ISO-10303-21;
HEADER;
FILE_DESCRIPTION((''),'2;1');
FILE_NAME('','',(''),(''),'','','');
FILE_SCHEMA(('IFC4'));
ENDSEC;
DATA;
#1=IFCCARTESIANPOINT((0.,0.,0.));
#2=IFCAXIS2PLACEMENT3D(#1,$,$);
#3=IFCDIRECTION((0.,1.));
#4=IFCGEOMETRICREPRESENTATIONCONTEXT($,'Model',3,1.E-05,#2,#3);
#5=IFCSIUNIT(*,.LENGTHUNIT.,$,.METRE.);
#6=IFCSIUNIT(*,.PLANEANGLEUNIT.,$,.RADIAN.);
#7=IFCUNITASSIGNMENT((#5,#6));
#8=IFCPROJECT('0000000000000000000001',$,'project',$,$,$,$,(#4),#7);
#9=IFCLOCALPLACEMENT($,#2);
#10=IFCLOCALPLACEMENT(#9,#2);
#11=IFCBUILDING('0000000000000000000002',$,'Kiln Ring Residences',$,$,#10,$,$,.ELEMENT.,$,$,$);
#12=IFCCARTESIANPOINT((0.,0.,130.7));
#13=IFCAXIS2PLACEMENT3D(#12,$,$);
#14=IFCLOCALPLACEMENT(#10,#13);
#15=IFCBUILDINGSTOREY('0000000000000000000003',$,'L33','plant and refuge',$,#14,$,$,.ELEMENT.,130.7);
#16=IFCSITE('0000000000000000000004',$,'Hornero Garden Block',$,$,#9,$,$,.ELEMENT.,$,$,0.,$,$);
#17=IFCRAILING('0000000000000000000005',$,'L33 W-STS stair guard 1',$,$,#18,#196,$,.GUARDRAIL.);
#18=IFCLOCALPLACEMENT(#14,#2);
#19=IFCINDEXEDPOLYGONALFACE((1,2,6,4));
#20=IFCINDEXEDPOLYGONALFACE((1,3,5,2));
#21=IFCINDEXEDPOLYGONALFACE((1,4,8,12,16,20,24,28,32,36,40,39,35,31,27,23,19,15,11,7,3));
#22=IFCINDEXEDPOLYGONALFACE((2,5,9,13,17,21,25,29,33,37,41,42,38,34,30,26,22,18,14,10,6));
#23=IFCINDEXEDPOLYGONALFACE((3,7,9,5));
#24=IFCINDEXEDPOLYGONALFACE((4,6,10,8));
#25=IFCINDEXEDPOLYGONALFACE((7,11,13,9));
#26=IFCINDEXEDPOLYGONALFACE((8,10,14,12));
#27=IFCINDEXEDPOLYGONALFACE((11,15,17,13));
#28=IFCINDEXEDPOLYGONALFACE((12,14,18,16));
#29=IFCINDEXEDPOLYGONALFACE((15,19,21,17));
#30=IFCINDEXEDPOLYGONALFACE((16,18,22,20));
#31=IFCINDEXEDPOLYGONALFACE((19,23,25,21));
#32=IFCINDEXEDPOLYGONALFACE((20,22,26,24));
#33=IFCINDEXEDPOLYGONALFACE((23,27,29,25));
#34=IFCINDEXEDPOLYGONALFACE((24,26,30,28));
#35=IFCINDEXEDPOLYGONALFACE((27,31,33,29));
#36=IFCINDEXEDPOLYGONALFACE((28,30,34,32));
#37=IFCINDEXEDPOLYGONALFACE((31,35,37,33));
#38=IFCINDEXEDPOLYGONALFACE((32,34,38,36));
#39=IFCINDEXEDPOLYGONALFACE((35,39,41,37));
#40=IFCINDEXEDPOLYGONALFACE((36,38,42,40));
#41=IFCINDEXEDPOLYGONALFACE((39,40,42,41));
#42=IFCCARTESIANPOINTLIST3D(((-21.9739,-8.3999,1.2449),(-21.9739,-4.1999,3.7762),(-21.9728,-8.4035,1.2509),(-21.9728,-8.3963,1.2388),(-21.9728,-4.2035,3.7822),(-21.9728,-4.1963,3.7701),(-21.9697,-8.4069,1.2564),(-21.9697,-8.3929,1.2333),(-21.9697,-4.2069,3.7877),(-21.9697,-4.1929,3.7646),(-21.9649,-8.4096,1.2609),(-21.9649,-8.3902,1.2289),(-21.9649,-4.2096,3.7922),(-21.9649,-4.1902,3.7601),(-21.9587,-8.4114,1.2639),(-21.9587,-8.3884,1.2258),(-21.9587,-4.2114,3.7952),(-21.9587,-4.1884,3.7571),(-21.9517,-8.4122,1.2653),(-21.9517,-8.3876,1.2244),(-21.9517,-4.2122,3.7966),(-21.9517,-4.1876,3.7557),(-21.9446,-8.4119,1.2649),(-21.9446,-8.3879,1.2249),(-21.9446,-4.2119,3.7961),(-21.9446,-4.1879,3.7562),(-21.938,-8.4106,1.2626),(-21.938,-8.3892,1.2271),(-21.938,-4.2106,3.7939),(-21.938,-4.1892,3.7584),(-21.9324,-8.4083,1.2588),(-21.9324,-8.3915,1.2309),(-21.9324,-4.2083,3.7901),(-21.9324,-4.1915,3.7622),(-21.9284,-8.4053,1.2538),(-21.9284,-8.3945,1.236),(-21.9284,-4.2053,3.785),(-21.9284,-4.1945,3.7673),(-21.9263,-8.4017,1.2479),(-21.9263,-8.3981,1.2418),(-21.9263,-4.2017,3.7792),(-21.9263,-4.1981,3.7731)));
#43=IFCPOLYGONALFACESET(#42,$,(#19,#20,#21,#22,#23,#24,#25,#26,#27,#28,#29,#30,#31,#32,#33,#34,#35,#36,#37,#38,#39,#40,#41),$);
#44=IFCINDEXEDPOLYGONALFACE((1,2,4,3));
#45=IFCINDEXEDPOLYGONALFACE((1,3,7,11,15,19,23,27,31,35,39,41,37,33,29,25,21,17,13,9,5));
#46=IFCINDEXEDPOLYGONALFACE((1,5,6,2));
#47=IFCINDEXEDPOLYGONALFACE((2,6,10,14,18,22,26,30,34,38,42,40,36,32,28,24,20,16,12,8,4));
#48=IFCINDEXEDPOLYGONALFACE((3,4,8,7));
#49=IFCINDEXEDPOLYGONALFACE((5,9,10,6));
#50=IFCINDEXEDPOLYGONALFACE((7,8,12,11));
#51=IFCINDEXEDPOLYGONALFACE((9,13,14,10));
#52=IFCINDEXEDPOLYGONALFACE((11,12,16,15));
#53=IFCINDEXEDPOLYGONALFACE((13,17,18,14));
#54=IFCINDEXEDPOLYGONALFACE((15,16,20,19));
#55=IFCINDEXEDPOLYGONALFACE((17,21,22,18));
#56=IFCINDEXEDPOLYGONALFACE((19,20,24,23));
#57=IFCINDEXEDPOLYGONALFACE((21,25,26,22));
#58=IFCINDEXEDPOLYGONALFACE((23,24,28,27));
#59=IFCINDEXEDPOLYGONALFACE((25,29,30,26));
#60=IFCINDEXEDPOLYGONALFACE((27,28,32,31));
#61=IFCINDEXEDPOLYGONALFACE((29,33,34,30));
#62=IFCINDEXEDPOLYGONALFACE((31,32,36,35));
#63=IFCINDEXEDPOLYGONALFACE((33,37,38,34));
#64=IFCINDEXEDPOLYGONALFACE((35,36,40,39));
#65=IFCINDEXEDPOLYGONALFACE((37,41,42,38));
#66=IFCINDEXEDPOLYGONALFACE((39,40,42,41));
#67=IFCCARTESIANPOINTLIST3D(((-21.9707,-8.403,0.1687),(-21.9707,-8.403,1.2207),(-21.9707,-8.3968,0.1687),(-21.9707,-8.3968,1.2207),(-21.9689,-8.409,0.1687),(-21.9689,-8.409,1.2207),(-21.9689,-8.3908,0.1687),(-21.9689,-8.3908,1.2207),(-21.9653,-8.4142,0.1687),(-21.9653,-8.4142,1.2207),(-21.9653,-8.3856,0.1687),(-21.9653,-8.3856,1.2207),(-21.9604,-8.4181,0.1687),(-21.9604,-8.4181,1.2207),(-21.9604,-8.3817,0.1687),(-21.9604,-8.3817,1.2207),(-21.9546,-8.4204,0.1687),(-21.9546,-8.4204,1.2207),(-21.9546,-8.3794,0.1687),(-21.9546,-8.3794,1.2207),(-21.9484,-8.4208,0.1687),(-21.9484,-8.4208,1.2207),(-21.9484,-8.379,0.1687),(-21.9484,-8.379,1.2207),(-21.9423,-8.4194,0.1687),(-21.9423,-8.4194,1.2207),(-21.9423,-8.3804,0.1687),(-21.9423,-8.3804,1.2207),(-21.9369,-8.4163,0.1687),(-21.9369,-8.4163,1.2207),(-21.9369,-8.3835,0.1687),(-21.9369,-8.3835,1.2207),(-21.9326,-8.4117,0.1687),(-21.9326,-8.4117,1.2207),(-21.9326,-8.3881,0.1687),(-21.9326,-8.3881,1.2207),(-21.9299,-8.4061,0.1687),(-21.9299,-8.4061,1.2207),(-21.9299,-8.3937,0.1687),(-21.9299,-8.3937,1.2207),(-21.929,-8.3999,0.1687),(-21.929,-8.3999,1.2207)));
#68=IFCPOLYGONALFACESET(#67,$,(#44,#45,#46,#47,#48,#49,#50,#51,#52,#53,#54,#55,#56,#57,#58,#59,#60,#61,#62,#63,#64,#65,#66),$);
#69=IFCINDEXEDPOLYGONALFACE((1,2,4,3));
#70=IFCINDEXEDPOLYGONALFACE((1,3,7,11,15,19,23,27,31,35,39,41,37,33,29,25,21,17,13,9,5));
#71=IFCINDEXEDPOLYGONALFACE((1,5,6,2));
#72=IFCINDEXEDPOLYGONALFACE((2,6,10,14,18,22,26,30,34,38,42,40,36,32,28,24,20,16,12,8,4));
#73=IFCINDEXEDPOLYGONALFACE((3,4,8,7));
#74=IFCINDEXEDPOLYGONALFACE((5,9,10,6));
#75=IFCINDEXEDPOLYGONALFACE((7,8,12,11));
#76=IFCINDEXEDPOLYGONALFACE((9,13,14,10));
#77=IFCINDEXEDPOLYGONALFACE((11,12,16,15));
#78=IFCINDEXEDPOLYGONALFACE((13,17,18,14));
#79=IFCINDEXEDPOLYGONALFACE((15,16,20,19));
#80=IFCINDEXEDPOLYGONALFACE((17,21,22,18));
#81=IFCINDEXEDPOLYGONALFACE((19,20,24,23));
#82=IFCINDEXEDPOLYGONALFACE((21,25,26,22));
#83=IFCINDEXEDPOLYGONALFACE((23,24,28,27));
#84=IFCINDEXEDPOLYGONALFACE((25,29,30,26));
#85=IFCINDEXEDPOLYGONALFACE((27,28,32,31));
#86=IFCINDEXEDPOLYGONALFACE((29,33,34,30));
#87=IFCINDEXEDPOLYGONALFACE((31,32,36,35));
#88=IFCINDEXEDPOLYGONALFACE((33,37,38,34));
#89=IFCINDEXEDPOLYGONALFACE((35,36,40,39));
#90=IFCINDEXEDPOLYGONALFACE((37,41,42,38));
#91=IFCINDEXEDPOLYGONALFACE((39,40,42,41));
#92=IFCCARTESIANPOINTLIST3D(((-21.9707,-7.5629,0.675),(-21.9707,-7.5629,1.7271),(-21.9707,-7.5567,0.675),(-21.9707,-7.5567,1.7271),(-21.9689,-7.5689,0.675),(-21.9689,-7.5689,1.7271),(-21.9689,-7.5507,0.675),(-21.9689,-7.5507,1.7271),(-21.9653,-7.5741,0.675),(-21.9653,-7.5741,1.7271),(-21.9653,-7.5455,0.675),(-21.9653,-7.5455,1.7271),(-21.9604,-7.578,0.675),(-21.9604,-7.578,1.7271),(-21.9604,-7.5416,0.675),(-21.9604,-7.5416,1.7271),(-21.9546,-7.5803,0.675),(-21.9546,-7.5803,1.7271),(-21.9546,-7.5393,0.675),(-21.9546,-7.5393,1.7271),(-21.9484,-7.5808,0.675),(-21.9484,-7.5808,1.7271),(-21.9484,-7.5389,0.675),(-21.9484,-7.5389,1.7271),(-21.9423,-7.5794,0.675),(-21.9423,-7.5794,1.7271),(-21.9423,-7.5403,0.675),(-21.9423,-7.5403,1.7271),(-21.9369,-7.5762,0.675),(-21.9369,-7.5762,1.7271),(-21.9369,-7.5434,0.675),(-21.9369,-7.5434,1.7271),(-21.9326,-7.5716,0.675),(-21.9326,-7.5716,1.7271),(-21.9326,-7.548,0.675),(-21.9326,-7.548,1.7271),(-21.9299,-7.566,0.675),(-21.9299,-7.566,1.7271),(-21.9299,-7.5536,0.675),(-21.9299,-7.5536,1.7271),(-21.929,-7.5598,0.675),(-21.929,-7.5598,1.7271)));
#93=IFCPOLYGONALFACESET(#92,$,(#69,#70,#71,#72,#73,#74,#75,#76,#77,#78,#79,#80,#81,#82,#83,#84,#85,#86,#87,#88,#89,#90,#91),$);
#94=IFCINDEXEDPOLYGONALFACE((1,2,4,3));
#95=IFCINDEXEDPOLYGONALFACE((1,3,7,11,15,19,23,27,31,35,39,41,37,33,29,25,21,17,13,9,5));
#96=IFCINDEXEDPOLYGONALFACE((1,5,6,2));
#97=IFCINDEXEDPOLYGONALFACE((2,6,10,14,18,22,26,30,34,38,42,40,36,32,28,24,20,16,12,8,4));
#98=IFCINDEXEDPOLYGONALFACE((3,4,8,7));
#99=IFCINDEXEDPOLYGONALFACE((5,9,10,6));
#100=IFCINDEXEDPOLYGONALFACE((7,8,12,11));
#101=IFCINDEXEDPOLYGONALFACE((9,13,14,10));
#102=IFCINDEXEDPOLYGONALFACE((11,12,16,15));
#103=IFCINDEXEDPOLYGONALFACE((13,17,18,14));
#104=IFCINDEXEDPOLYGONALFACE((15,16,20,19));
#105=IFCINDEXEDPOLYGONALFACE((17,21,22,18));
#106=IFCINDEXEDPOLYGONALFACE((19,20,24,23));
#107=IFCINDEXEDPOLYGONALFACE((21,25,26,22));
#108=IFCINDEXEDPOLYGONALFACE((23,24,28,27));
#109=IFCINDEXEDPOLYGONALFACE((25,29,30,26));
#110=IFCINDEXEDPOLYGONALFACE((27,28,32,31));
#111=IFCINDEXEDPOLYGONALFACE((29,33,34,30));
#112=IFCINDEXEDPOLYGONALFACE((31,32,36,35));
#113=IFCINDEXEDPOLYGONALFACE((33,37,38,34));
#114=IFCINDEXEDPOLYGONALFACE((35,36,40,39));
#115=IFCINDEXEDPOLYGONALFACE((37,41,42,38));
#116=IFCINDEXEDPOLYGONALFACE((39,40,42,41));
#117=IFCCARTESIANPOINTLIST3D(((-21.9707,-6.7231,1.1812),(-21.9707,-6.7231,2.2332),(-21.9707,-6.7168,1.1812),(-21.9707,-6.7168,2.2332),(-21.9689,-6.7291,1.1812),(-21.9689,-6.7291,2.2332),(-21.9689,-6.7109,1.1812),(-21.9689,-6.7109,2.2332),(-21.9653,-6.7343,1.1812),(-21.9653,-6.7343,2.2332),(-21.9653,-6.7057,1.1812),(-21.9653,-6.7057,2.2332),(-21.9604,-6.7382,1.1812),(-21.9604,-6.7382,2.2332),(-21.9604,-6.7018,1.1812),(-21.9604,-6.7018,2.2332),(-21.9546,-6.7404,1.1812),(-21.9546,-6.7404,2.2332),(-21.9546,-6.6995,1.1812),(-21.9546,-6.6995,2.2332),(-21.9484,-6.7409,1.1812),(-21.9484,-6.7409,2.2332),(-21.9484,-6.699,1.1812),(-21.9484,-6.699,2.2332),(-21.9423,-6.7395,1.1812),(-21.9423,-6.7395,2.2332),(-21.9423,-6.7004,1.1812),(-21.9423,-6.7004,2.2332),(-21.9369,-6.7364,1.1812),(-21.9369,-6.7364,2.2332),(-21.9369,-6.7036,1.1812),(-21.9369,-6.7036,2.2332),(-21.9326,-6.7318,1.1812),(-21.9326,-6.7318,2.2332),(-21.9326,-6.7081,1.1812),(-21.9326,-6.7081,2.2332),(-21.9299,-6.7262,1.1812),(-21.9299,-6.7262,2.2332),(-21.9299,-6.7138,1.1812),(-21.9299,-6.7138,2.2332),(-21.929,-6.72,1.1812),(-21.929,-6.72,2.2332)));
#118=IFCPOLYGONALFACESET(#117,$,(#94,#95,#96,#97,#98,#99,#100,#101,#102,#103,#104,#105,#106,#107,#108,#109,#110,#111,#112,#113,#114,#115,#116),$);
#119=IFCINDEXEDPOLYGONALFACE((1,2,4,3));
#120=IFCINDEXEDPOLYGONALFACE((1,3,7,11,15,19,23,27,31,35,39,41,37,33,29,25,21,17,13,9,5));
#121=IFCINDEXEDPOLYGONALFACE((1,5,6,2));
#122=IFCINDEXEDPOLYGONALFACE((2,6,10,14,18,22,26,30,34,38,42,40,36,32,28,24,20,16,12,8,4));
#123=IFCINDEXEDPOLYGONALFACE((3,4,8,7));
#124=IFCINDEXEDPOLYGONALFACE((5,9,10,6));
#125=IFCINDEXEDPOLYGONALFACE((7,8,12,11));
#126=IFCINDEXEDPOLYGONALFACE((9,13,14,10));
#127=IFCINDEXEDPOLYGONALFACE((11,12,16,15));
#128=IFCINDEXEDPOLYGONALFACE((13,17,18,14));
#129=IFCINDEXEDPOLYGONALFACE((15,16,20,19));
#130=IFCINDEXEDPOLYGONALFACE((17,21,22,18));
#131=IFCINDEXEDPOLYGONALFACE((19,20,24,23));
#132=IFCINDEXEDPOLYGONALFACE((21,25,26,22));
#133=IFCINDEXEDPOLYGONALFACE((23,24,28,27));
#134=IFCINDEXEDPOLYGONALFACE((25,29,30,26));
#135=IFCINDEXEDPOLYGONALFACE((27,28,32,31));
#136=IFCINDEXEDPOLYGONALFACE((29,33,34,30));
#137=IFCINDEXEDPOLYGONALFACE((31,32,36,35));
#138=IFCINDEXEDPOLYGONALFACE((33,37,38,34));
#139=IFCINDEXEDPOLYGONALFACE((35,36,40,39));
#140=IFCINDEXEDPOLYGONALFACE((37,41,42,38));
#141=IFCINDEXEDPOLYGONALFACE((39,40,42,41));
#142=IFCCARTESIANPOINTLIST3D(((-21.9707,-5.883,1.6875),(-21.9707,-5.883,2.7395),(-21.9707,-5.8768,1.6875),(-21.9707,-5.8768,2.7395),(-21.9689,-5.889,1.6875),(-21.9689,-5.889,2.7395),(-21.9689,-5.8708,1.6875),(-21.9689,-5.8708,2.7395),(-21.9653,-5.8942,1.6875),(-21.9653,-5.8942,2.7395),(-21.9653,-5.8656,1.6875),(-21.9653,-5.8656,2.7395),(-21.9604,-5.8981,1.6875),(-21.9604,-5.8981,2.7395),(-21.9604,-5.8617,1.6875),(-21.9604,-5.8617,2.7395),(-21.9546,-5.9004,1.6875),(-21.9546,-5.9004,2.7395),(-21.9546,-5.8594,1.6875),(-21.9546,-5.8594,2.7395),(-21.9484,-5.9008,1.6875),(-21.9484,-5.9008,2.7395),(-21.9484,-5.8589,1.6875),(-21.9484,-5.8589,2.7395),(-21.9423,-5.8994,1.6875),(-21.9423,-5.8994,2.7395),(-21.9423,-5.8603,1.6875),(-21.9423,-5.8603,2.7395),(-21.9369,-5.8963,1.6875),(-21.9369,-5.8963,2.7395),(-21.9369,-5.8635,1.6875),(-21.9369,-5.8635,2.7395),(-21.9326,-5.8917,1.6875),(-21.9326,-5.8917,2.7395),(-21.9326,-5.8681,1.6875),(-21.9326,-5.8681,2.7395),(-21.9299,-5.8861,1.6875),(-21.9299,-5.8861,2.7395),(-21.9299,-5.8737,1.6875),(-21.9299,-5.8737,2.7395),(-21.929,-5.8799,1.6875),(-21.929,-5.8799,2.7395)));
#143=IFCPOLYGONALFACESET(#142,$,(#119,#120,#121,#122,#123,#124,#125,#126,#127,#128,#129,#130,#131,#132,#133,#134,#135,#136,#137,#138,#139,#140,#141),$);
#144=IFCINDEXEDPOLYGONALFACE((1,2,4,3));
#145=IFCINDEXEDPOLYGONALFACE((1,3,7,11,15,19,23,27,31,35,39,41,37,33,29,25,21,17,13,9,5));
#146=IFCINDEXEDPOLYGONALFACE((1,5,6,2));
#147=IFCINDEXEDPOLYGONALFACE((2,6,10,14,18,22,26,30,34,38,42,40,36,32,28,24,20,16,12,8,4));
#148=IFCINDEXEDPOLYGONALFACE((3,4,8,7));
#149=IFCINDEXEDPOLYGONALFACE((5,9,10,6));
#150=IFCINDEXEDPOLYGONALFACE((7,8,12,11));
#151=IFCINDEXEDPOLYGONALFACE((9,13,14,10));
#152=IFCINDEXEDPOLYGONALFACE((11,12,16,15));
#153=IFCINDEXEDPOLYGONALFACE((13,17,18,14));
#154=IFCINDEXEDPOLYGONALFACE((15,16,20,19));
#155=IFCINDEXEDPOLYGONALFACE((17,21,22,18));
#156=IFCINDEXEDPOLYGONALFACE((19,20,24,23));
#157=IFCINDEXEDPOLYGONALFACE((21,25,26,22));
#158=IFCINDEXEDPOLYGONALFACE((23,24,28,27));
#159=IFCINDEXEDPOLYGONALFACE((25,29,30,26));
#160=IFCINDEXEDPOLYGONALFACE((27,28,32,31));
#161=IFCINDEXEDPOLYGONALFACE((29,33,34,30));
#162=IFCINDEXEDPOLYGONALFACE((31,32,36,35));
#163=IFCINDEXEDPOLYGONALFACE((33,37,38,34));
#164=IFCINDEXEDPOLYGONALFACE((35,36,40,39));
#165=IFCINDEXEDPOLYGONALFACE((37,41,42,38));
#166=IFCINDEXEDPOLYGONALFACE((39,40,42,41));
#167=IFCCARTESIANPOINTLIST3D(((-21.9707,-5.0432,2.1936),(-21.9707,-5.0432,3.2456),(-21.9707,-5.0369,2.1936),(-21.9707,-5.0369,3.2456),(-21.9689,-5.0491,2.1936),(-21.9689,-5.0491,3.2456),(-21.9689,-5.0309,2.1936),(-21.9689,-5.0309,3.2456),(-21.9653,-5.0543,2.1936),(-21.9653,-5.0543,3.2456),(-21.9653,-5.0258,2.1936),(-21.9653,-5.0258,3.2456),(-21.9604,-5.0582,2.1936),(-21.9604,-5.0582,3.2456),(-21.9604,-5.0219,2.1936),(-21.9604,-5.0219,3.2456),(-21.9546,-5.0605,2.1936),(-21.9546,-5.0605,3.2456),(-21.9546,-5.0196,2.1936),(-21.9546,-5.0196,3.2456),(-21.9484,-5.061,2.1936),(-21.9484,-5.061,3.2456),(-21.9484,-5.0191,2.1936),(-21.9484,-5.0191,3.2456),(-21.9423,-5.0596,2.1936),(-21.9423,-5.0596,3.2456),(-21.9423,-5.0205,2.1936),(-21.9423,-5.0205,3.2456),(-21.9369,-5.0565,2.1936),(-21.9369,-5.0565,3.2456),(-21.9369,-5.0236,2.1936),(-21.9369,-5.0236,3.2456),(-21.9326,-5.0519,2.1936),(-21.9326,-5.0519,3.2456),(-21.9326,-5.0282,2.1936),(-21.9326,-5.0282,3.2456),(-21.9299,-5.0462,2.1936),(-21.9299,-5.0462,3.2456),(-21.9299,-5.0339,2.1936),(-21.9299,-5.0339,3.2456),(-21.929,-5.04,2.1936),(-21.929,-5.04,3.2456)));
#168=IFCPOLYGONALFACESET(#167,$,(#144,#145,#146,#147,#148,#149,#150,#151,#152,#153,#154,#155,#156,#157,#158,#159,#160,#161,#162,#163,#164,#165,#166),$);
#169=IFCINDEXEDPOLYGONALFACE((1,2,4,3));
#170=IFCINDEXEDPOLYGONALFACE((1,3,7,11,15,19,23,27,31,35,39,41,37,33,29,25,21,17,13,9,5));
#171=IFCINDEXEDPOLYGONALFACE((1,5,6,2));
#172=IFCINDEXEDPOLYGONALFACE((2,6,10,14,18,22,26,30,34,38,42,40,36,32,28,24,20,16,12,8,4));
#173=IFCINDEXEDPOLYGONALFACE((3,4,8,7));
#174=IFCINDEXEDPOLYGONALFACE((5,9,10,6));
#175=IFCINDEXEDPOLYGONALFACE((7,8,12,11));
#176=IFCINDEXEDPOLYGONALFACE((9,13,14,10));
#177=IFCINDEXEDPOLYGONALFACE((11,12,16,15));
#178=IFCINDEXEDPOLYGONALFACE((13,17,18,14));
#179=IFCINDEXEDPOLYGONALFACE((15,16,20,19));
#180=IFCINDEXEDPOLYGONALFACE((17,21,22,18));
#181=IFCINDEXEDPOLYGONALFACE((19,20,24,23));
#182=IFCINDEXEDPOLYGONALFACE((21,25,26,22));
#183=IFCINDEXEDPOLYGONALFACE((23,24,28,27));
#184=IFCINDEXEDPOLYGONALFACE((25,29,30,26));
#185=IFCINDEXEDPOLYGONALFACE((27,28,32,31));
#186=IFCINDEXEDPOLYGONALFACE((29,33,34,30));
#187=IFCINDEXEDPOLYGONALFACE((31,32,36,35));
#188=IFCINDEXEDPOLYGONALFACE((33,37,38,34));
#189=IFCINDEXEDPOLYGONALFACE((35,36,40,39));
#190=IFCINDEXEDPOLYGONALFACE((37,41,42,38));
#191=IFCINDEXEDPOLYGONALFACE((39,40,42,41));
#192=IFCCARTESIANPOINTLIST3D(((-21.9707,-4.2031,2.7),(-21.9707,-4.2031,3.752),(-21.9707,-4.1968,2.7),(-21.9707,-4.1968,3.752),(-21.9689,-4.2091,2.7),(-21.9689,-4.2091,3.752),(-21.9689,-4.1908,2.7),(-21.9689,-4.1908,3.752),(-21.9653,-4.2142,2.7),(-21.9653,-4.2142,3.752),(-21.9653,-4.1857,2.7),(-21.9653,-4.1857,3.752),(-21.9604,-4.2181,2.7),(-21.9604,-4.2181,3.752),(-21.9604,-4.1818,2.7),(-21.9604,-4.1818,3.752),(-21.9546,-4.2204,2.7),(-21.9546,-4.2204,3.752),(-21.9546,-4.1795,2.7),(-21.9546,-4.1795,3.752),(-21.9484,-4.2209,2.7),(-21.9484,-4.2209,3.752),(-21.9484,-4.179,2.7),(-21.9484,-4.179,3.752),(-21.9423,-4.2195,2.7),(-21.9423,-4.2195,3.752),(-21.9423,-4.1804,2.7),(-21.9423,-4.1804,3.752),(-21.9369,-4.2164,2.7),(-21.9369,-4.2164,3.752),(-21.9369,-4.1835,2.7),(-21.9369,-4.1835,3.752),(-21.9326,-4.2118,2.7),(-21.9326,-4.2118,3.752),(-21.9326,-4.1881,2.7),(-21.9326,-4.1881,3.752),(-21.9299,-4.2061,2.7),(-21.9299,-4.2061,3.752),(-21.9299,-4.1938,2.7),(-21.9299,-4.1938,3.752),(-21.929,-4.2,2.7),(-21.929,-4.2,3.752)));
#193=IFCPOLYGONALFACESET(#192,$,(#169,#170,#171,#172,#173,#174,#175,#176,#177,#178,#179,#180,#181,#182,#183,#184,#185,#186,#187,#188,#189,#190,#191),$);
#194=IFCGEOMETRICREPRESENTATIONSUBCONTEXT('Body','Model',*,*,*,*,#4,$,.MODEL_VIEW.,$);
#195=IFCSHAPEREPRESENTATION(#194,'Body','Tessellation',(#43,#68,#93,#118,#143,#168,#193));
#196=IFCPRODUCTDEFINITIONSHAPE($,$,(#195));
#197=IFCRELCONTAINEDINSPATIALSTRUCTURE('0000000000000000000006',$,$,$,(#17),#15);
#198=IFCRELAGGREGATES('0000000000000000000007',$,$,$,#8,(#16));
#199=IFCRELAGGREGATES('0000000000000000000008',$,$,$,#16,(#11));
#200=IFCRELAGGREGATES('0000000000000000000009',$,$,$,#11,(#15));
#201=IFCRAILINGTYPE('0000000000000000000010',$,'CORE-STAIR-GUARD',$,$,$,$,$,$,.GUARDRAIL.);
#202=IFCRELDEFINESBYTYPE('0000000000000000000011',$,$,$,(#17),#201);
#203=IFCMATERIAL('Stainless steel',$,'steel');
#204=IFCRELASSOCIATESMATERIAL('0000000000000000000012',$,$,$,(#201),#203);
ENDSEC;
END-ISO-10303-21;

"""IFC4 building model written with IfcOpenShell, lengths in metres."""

from ifc_helpers import new_model, si_unit, direction, frame, origin, origin_2d, place, context, subcontext, project, spatial, circle, extrude, material, type_object, element, save


model = new_model("IFC4")

# Units and contexts
model_context = context("Model", 3, precision=1e-05, world=origin(), true_north=direction((0.0, 1.0)))
body_context = subcontext(model_context, "Body", "Model", "MODEL_VIEW")
ifc_project = project(units=[si_unit("LENGTHUNIT", "METRE"), si_unit("PLANEANGLEUNIT", "RADIAN")], contexts=[model_context])

# Site, building, storey
site_placement = place(None, origin())
site = spatial("IfcSite", under=ifc_project, at=site_placement, Name="Hornero Garden Block", CompositionType="ELEMENT", RefElevation=0.0)
building_placement = place(site_placement, origin())
building = spatial("IfcBuilding", under=site, at=building_placement, Name="Kiln Ring Residences", CompositionType="ELEMENT")
storey_placement = place(building_placement, frame((0.0, 0.0, 130.7)))
storey = spatial("IfcBuildingStorey", under=building, at=storey_placement, Name="L33", Description="plant and refuge", CompositionType="ELEMENT", Elevation=130.7)

# Railing
ifc_material_1 = material(Name="Stainless steel", Category="steel")
railing_type_1 = type_object("IfcRailingType", Name="CORE-STAIR-GUARD", PredefinedType="GUARDRAIL", material=ifc_material_1)
railing_1_placement = place(storey_placement, frame((-21.95, -8.3999, 0.1687)))
element("IfcRailing", 1, at=railing_1_placement, inside=storey, type_object=railing_type_1, Name="L33 W-STS stair guard 1", PredefinedType="GUARDRAIL", context=body_context, shape_type="SweptSolid", body=[
    extrude(circle(Radius=0.0239, at=origin_2d()), frame((0.0, 0.0, 1.0762), z_axis=(0.0, 0.856476, 0.516186), x_axis=(-1.0, 0.0, 0.0)), (0.0, 0.0, 1.0), 4.9038),
    extrude(circle(Radius=0.021, at=origin_2d()), origin(), (0.0, 0.0, 1.0), 1.052),
    extrude(circle(Radius=0.021, at=origin_2d()), frame((0.0, 0.8401, 0.5063)), (0.0, 0.0, 1.0), 1.052),
    extrude(circle(Radius=0.021, at=origin_2d()), frame((0.0, 1.6799, 1.0125)), (0.0, 0.0, 1.0), 1.052),
    extrude(circle(Radius=0.021, at=origin_2d()), frame((0.0, 2.52, 1.5188)), (0.0, 0.0, 1.0), 1.052),
    extrude(circle(Radius=0.021, at=origin_2d()), frame((0.0, 3.3599, 2.0249)), (0.0, 0.0, 1.0), 1.052),
    extrude(circle(Radius=0.021, at=origin_2d()), frame((0.0, 4.2, 2.5312)), (0.0, 0.0, 1.0), 1.052),
])

save(model, "model.ifc")
